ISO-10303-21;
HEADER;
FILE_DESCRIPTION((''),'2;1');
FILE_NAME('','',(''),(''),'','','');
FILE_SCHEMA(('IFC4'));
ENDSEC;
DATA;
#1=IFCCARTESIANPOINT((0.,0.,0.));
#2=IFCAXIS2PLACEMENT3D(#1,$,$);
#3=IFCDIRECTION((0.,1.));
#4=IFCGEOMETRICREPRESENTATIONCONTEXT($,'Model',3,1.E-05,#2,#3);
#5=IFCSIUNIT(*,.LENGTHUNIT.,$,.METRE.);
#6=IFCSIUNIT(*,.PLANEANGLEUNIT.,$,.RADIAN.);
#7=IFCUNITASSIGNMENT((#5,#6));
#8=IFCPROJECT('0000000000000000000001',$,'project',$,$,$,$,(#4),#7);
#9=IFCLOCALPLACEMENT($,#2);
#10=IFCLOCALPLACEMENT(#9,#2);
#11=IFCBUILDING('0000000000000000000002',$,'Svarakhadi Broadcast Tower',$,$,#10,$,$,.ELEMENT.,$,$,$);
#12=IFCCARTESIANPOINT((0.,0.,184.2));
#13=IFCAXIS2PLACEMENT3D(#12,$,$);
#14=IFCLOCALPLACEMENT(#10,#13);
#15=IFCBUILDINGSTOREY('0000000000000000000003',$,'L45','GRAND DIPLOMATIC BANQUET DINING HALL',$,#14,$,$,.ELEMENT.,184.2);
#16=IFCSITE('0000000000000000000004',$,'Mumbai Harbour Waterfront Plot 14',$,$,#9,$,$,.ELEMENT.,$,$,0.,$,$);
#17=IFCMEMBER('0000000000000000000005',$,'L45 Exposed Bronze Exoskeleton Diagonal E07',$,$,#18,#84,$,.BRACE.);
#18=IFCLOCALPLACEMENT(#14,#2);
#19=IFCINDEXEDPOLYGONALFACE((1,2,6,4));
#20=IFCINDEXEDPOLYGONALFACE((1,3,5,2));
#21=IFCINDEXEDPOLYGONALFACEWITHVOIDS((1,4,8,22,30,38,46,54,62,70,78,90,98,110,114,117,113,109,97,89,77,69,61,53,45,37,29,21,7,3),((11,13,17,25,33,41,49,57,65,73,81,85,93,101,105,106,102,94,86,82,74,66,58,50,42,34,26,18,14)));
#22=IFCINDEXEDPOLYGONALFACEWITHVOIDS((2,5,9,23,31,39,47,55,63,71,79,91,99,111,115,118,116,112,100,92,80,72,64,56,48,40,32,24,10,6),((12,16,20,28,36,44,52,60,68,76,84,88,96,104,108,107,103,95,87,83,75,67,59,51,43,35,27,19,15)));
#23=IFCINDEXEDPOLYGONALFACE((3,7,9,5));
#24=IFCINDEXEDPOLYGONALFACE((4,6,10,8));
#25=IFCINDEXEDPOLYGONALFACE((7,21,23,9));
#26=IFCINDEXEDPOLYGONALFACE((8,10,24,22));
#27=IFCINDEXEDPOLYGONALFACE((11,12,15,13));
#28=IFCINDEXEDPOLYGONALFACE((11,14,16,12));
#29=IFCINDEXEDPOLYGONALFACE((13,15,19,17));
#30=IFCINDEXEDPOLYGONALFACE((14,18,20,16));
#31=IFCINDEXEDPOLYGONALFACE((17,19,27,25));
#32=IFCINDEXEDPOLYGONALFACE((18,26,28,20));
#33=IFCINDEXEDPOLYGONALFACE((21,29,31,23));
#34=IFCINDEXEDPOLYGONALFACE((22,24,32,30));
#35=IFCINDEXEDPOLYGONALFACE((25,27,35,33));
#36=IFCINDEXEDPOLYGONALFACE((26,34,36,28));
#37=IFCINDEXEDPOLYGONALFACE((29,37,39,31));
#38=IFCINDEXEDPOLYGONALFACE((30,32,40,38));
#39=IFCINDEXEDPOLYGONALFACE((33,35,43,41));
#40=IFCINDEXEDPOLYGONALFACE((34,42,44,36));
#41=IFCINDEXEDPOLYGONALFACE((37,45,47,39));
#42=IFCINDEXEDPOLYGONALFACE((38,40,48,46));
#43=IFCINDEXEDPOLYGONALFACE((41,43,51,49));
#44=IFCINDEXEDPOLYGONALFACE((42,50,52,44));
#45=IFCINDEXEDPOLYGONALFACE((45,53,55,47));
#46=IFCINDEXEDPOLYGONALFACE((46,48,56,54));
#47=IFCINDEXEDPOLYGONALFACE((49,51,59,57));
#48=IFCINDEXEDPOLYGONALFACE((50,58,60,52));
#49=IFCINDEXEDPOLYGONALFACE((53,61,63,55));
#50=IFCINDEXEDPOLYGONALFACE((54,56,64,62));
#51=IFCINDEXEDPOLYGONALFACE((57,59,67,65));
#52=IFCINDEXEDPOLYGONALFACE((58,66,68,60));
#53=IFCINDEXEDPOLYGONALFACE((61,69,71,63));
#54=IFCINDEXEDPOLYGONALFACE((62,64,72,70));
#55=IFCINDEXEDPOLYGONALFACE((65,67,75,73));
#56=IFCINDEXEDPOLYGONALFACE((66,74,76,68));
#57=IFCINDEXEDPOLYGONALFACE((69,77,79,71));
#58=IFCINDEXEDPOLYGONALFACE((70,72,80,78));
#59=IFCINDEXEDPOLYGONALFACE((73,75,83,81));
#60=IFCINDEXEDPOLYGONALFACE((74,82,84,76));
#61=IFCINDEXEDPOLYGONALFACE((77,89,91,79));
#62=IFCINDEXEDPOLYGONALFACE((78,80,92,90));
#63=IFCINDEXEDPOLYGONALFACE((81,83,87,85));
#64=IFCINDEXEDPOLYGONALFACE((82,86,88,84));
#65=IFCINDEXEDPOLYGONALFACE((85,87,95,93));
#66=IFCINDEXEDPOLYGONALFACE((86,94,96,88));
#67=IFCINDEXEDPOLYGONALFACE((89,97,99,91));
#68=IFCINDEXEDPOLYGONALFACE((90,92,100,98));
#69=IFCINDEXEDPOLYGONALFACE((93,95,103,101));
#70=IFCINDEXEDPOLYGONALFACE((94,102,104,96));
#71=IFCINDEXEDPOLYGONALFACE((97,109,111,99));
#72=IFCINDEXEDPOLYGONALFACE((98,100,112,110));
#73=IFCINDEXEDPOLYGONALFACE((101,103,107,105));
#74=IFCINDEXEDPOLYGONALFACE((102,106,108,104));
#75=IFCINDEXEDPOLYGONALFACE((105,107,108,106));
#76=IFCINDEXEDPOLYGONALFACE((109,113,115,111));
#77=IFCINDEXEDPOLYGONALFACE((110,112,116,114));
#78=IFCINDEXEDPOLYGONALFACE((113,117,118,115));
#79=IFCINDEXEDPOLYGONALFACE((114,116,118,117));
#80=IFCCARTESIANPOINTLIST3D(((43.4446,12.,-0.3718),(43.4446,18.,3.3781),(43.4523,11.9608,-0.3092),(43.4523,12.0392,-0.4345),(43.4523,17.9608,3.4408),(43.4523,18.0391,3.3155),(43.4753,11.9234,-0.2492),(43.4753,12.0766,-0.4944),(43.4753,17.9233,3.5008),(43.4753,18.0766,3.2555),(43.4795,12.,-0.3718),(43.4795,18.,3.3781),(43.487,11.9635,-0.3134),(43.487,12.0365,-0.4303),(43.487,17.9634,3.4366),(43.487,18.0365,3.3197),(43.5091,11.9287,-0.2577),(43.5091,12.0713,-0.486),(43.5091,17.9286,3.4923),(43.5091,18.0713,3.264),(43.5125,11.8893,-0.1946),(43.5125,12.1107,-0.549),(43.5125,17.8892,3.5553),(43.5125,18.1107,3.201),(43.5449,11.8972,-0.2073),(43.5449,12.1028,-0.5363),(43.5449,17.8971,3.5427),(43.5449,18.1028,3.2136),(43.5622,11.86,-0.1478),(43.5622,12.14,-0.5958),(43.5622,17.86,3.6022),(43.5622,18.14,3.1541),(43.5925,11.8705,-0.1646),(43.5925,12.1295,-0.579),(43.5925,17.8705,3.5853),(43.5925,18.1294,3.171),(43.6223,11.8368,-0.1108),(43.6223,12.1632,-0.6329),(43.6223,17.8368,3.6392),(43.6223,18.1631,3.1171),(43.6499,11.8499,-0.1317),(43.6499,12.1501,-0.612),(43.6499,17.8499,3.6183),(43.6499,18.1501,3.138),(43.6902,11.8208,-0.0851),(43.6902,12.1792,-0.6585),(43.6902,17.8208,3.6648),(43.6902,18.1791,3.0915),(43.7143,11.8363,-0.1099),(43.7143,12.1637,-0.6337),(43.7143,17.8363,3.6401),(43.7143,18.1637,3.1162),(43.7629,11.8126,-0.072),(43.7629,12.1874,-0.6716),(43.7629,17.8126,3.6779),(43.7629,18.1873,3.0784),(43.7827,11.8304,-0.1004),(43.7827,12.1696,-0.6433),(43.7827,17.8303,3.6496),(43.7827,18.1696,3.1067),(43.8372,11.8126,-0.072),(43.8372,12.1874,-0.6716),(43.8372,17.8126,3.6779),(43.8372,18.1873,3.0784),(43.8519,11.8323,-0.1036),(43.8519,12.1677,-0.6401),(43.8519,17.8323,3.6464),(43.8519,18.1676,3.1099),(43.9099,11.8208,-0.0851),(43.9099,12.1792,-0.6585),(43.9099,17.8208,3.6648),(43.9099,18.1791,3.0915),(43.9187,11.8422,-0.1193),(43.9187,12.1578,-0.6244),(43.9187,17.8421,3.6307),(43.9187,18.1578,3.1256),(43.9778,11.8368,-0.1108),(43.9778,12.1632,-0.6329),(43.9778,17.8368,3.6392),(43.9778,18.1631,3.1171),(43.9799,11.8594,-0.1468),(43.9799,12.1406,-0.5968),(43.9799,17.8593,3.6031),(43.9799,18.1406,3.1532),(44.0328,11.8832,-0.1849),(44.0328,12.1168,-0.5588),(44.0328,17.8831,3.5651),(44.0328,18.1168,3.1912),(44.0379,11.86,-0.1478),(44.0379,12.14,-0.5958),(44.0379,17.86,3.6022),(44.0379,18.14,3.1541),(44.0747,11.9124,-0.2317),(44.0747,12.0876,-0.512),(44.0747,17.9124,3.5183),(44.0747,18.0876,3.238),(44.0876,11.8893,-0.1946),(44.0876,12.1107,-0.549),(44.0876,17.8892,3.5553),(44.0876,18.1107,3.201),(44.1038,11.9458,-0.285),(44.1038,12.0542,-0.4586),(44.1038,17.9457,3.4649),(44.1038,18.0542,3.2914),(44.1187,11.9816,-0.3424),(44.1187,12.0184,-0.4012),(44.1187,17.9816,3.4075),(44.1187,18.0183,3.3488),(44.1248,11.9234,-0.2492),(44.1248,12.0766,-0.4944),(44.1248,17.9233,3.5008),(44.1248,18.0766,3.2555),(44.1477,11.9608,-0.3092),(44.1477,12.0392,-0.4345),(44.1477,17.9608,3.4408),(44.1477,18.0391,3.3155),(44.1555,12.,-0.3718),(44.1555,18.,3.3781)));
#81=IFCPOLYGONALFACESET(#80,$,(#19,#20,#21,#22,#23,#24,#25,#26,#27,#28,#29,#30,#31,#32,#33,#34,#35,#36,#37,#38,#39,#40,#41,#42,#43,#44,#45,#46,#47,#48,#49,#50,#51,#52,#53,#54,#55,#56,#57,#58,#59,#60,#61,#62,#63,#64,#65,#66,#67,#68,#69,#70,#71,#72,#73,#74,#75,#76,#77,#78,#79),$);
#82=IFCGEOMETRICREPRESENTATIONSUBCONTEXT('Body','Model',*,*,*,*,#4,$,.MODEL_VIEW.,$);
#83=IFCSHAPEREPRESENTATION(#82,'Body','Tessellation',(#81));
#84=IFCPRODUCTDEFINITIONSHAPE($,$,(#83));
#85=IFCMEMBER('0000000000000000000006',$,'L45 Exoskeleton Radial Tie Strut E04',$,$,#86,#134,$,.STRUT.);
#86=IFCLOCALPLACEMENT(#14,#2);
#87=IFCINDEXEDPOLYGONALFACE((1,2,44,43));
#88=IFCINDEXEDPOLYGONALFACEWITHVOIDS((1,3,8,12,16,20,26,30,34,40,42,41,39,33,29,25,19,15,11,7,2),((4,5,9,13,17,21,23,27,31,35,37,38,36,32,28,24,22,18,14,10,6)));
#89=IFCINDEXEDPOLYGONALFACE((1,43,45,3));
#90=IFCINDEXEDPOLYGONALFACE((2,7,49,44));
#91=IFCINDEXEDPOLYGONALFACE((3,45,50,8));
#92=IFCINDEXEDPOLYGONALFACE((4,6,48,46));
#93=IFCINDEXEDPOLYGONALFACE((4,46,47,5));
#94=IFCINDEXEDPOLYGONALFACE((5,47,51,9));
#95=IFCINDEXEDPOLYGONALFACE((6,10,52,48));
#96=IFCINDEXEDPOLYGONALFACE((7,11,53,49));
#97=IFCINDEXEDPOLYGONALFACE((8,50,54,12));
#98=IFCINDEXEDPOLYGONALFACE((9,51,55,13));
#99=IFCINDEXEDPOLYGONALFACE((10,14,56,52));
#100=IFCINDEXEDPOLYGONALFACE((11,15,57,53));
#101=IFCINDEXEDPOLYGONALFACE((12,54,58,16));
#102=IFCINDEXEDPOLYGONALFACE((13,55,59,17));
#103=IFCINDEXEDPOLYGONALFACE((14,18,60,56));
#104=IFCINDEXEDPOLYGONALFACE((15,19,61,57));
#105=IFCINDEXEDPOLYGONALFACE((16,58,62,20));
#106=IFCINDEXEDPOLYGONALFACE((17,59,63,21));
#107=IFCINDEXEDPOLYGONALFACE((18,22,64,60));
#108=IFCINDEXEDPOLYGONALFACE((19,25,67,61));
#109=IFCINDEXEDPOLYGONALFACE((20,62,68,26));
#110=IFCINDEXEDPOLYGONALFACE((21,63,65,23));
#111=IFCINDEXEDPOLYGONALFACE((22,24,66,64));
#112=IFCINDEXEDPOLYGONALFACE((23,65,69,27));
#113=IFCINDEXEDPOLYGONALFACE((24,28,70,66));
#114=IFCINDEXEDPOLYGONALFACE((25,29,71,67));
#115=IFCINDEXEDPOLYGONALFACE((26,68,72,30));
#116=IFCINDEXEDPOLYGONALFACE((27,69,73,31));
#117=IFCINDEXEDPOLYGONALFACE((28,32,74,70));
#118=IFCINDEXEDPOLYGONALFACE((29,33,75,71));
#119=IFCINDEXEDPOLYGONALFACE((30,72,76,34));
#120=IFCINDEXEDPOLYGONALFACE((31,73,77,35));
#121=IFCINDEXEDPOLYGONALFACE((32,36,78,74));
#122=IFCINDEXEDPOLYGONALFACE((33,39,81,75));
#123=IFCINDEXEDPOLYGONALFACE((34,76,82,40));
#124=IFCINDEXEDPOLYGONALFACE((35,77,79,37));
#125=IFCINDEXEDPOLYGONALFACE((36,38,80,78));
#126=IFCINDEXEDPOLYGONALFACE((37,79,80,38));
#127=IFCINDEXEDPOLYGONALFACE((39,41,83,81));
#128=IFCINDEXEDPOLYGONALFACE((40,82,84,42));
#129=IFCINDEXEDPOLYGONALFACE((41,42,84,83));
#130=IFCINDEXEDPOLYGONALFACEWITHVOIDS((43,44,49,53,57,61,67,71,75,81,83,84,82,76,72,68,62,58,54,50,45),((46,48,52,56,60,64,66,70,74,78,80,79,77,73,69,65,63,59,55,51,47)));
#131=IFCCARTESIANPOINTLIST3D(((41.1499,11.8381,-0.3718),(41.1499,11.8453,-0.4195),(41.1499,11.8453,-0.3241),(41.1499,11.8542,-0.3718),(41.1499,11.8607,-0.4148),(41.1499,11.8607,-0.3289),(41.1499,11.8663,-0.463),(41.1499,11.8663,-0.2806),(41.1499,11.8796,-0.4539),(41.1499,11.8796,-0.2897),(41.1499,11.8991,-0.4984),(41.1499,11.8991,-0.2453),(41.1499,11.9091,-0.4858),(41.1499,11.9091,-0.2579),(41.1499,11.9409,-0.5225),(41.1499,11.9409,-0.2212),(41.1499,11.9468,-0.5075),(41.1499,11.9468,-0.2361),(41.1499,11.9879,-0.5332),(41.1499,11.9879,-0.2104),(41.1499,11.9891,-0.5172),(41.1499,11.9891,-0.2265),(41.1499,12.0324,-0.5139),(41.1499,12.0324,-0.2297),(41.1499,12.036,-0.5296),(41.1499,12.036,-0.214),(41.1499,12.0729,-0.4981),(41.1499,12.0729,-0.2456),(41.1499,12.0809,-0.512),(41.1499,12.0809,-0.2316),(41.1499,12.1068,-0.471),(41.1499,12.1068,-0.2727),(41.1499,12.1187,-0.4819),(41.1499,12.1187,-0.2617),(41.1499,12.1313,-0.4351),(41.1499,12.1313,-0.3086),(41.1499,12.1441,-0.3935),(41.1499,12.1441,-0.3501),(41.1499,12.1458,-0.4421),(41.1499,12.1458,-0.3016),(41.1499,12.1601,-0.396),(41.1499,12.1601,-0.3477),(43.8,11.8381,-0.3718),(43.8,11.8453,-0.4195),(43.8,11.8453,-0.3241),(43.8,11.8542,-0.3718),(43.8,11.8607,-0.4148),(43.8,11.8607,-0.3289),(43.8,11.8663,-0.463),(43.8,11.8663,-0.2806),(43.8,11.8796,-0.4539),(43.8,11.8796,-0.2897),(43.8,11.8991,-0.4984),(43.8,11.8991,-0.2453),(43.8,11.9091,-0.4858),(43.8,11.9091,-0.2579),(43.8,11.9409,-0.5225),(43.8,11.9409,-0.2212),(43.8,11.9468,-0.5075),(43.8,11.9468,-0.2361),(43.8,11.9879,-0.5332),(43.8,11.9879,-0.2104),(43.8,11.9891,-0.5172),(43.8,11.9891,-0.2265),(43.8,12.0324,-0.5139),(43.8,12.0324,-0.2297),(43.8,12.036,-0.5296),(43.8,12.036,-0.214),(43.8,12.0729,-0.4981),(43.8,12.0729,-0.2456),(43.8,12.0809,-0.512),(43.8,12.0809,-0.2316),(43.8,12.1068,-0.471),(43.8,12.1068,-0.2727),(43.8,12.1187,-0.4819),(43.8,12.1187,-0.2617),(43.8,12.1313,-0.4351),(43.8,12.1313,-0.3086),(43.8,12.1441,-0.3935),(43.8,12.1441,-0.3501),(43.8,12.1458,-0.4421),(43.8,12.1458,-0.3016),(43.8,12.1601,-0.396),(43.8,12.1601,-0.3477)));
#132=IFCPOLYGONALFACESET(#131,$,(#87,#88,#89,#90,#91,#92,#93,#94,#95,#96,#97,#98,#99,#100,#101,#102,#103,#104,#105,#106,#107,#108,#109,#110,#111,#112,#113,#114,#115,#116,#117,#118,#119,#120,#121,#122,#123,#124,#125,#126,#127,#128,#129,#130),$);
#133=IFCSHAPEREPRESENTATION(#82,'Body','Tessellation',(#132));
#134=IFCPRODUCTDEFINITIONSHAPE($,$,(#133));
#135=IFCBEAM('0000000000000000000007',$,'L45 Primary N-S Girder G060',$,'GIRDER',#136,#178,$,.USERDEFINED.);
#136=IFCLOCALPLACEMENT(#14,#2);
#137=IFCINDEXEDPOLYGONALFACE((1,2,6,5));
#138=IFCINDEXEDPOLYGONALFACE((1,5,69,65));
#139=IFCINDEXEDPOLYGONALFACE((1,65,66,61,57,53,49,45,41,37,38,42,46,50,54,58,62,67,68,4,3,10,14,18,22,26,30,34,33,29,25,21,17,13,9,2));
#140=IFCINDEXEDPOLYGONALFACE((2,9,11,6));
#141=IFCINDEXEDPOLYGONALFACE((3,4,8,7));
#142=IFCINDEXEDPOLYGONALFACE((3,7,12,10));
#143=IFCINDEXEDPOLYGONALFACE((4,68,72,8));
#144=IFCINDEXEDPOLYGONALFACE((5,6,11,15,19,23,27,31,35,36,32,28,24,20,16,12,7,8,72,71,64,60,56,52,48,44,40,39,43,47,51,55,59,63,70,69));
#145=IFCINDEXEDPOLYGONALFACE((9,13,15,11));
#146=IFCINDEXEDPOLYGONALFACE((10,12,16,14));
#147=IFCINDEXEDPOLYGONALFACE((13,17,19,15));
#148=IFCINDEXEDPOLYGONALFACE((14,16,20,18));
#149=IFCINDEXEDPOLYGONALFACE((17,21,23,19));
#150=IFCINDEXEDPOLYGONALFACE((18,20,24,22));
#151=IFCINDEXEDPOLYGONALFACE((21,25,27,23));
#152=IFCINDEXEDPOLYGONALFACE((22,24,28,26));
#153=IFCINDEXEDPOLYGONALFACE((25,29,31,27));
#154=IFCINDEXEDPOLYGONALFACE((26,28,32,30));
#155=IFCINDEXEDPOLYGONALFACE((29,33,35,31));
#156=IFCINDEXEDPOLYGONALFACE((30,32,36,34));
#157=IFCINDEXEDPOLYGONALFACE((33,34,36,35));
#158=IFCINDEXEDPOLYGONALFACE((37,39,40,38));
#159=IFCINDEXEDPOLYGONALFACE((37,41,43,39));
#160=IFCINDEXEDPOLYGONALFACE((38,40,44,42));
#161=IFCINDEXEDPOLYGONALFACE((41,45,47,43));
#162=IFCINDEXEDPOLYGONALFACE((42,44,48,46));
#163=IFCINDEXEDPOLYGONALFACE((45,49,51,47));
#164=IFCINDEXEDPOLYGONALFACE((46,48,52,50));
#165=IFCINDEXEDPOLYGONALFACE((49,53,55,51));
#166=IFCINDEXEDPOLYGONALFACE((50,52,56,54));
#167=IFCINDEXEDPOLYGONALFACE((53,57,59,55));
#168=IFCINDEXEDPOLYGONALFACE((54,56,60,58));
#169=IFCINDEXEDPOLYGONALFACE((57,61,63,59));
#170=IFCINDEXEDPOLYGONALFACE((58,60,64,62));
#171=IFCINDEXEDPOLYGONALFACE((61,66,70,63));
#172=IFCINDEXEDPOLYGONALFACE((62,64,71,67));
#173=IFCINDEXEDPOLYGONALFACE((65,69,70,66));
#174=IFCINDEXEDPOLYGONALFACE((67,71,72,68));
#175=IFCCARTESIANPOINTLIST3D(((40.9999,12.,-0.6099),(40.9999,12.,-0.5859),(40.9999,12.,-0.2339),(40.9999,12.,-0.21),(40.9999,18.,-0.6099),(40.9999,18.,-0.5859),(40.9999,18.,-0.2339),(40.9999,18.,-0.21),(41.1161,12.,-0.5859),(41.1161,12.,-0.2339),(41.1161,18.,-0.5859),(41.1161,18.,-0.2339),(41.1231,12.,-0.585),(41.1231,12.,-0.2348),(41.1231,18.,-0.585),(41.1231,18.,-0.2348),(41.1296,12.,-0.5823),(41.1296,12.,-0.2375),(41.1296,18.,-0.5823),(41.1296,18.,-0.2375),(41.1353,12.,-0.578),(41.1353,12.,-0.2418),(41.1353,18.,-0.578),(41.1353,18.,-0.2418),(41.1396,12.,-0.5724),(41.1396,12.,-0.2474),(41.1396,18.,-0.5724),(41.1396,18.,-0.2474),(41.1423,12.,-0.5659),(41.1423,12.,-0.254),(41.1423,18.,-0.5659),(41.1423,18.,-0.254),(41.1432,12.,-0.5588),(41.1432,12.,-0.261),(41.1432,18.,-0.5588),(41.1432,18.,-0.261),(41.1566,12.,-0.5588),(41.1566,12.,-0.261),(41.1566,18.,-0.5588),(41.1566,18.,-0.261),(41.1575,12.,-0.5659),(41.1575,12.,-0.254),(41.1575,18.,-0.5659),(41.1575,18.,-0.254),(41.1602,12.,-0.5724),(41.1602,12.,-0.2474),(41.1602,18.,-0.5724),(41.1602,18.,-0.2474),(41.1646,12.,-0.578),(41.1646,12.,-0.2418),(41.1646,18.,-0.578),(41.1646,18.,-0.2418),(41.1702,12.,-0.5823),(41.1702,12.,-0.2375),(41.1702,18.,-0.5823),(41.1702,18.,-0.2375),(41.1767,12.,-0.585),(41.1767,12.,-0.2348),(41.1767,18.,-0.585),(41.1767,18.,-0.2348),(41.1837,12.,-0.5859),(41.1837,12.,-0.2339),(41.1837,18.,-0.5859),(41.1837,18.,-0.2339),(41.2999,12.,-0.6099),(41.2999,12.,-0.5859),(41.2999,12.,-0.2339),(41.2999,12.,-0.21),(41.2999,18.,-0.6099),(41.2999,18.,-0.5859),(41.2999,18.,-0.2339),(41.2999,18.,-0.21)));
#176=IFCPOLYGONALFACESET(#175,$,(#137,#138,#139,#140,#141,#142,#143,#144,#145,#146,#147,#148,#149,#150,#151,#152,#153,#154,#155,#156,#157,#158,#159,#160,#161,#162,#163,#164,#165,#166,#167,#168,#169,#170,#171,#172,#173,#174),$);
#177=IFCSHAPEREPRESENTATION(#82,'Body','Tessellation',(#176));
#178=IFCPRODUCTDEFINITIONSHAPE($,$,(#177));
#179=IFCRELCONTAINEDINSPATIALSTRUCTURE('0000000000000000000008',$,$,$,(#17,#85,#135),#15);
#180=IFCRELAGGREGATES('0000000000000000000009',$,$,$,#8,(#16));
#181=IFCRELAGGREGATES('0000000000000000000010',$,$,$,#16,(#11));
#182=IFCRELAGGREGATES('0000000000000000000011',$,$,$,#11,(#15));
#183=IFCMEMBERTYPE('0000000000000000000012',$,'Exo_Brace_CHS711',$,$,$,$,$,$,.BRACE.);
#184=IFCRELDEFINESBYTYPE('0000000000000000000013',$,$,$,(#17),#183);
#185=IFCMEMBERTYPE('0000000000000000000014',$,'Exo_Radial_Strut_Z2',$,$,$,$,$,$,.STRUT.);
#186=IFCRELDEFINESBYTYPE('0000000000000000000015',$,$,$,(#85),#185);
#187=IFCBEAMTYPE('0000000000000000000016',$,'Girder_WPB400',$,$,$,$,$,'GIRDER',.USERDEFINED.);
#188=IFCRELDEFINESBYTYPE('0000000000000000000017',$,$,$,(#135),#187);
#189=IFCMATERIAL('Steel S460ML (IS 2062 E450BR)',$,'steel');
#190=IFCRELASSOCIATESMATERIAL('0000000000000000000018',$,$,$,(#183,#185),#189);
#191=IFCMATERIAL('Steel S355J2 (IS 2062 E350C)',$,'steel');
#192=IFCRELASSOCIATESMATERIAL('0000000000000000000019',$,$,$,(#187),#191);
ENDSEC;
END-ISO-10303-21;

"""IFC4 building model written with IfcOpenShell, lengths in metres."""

from ifc_helpers import new_model, si_unit, direction, frame, origin, origin_2d, place, context, subcontext, project, spatial, hollow_circle, i_section, extrude, material, material_profile, profile_set, type_object, element, save


model = new_model("IFC4")

# Units and contexts
model_context = context("Model", 3, precision=1e-05, world=origin(), true_north=direction((0.0, 1.0)))
body_context = subcontext(model_context, "Body", "Model", "MODEL_VIEW")
ifc_project = project(units=[si_unit("LENGTHUNIT", "METRE"), si_unit("PLANEANGLEUNIT", "RADIAN")], contexts=[model_context])

# Site, building, storey
site_placement = place(None, origin())
site = spatial("IfcSite", under=ifc_project, at=site_placement, Name="Mumbai Harbour Waterfront Plot 14", CompositionType="ELEMENT", RefElevation=0.0)
building_placement = place(site_placement, origin())
building = spatial("IfcBuilding", under=site, at=building_placement, Name="Svarakhadi Broadcast Tower", CompositionType="ELEMENT")
storey_placement = place(building_placement, frame((0.0, 0.0, 184.2)))
storey = spatial("IfcBuildingStorey", under=building, at=storey_placement, Name="L45", Description="GRAND DIPLOMATIC BANQUET DINING HALL", CompositionType="ELEMENT", Elevation=184.2)

# Shared definitions
ifc_material_1 = material(Name="Steel S460ML (IS 2062 E450BR)", Category="steel")

# Members
ifc_material_profile_1 = material_profile(ifc_material_1, hollow_circle(Radius=0.3555, WallThickness=0.0349, at=origin_2d()), Name="CHS 711x35")
ifc_profile_set_1 = profile_set([ifc_material_profile_1], Name="Steel S460ML (IS 2062 E450BR)")
member_type_1 = type_object("IfcMemberType", Name="Exo_Brace_CHS711", PredefinedType="BRACE", material=ifc_profile_set_1)
for number, where, z_axis, x_axis, name in (
    (1, (43.8, 12.0, -0.3718), (0.0, 0.847998, 0.529999), (-1.0, 0.0, 0.0), "L45 Exposed Bronze Exoskeleton Diagonal E07"),
):
    element("IfcMember", number, at=place(storey_placement, frame(where, z_axis=z_axis, x_axis=x_axis)), inside=storey, type_object=member_type_1, Name=name, PredefinedType="BRACE", context=body_context, shape_type="SweptSolid", body=[
        extrude(hollow_circle(Radius=0.3555, WallThickness=0.0349, at=origin_2d()), origin(), (0.0, 0.0, 1.0), 7.0754),
    ])
ifc_material_profile_2 = material_profile(ifc_material_1, hollow_circle(Radius=0.1619, WallThickness=0.0161, at=origin_2d()), Name="CHS 323.9x16")
ifc_profile_set_2 = profile_set([ifc_material_profile_2], Name="Steel S460ML (IS 2062 E450BR)")
member_type_2 = type_object("IfcMemberType", Name="Exo_Radial_Strut_Z2", PredefinedType="STRUT", material=ifc_profile_set_2)
member_1_placement = place(storey_placement, frame((43.8, 12.0, -0.3718), z_axis=(-1.0, 0.0, 0.0), x_axis=(0.0, -1.0, 0.0)))
element("IfcMember", 2, at=member_1_placement, inside=storey, type_object=member_type_2, Name="L45 Exoskeleton Radial Tie Strut E04", PredefinedType="STRUT", context=body_context, shape_type="SweptSolid", body=[
    extrude(hollow_circle(Radius=0.1619, WallThickness=0.0161, at=origin_2d()), origin(), (0.0, 0.0, 1.0), 2.6501),
])

# Beam
ifc_material_2 = material(Name="Steel S355J2 (IS 2062 E350C)", Category="steel")
ifc_material_profile_3 = material_profile(ifc_material_2, i_section(OverallWidth=0.3, OverallDepth=0.3999, WebThickness=0.0134, FlangeThickness=0.0239, FilletRadius=0.0271, at=origin_2d()), Name="WPB 400x300x155")
ifc_profile_set_3 = profile_set([ifc_material_profile_3], Name="Steel S355J2 (IS 2062 E350C)")
beam_type = type_object("IfcBeamType", Name="Girder_WPB400", ElementType="GIRDER", PredefinedType="USERDEFINED", material=ifc_profile_set_3)
beam_placement = place(storey_placement, frame((41.1499, 12.0, -0.4099), z_axis=(0.0, 1.0, 0.0), x_axis=(-1.0, 0.0, 0.0)))
element("IfcBeam", 3, at=beam_placement, inside=storey, type_object=beam_type, Name="L45 Primary N-S Girder G060", ObjectType="GIRDER", PredefinedType="USERDEFINED", context=body_context, shape_type="SweptSolid", body=[
    extrude(i_section(OverallWidth=0.3, OverallDepth=0.3999, WebThickness=0.0134, FlangeThickness=0.0239, FilletRadius=0.0271, at=origin_2d()), origin(), (0.0, 0.0, 1.0), 6.0),
])

save(model, "model.ifc")
